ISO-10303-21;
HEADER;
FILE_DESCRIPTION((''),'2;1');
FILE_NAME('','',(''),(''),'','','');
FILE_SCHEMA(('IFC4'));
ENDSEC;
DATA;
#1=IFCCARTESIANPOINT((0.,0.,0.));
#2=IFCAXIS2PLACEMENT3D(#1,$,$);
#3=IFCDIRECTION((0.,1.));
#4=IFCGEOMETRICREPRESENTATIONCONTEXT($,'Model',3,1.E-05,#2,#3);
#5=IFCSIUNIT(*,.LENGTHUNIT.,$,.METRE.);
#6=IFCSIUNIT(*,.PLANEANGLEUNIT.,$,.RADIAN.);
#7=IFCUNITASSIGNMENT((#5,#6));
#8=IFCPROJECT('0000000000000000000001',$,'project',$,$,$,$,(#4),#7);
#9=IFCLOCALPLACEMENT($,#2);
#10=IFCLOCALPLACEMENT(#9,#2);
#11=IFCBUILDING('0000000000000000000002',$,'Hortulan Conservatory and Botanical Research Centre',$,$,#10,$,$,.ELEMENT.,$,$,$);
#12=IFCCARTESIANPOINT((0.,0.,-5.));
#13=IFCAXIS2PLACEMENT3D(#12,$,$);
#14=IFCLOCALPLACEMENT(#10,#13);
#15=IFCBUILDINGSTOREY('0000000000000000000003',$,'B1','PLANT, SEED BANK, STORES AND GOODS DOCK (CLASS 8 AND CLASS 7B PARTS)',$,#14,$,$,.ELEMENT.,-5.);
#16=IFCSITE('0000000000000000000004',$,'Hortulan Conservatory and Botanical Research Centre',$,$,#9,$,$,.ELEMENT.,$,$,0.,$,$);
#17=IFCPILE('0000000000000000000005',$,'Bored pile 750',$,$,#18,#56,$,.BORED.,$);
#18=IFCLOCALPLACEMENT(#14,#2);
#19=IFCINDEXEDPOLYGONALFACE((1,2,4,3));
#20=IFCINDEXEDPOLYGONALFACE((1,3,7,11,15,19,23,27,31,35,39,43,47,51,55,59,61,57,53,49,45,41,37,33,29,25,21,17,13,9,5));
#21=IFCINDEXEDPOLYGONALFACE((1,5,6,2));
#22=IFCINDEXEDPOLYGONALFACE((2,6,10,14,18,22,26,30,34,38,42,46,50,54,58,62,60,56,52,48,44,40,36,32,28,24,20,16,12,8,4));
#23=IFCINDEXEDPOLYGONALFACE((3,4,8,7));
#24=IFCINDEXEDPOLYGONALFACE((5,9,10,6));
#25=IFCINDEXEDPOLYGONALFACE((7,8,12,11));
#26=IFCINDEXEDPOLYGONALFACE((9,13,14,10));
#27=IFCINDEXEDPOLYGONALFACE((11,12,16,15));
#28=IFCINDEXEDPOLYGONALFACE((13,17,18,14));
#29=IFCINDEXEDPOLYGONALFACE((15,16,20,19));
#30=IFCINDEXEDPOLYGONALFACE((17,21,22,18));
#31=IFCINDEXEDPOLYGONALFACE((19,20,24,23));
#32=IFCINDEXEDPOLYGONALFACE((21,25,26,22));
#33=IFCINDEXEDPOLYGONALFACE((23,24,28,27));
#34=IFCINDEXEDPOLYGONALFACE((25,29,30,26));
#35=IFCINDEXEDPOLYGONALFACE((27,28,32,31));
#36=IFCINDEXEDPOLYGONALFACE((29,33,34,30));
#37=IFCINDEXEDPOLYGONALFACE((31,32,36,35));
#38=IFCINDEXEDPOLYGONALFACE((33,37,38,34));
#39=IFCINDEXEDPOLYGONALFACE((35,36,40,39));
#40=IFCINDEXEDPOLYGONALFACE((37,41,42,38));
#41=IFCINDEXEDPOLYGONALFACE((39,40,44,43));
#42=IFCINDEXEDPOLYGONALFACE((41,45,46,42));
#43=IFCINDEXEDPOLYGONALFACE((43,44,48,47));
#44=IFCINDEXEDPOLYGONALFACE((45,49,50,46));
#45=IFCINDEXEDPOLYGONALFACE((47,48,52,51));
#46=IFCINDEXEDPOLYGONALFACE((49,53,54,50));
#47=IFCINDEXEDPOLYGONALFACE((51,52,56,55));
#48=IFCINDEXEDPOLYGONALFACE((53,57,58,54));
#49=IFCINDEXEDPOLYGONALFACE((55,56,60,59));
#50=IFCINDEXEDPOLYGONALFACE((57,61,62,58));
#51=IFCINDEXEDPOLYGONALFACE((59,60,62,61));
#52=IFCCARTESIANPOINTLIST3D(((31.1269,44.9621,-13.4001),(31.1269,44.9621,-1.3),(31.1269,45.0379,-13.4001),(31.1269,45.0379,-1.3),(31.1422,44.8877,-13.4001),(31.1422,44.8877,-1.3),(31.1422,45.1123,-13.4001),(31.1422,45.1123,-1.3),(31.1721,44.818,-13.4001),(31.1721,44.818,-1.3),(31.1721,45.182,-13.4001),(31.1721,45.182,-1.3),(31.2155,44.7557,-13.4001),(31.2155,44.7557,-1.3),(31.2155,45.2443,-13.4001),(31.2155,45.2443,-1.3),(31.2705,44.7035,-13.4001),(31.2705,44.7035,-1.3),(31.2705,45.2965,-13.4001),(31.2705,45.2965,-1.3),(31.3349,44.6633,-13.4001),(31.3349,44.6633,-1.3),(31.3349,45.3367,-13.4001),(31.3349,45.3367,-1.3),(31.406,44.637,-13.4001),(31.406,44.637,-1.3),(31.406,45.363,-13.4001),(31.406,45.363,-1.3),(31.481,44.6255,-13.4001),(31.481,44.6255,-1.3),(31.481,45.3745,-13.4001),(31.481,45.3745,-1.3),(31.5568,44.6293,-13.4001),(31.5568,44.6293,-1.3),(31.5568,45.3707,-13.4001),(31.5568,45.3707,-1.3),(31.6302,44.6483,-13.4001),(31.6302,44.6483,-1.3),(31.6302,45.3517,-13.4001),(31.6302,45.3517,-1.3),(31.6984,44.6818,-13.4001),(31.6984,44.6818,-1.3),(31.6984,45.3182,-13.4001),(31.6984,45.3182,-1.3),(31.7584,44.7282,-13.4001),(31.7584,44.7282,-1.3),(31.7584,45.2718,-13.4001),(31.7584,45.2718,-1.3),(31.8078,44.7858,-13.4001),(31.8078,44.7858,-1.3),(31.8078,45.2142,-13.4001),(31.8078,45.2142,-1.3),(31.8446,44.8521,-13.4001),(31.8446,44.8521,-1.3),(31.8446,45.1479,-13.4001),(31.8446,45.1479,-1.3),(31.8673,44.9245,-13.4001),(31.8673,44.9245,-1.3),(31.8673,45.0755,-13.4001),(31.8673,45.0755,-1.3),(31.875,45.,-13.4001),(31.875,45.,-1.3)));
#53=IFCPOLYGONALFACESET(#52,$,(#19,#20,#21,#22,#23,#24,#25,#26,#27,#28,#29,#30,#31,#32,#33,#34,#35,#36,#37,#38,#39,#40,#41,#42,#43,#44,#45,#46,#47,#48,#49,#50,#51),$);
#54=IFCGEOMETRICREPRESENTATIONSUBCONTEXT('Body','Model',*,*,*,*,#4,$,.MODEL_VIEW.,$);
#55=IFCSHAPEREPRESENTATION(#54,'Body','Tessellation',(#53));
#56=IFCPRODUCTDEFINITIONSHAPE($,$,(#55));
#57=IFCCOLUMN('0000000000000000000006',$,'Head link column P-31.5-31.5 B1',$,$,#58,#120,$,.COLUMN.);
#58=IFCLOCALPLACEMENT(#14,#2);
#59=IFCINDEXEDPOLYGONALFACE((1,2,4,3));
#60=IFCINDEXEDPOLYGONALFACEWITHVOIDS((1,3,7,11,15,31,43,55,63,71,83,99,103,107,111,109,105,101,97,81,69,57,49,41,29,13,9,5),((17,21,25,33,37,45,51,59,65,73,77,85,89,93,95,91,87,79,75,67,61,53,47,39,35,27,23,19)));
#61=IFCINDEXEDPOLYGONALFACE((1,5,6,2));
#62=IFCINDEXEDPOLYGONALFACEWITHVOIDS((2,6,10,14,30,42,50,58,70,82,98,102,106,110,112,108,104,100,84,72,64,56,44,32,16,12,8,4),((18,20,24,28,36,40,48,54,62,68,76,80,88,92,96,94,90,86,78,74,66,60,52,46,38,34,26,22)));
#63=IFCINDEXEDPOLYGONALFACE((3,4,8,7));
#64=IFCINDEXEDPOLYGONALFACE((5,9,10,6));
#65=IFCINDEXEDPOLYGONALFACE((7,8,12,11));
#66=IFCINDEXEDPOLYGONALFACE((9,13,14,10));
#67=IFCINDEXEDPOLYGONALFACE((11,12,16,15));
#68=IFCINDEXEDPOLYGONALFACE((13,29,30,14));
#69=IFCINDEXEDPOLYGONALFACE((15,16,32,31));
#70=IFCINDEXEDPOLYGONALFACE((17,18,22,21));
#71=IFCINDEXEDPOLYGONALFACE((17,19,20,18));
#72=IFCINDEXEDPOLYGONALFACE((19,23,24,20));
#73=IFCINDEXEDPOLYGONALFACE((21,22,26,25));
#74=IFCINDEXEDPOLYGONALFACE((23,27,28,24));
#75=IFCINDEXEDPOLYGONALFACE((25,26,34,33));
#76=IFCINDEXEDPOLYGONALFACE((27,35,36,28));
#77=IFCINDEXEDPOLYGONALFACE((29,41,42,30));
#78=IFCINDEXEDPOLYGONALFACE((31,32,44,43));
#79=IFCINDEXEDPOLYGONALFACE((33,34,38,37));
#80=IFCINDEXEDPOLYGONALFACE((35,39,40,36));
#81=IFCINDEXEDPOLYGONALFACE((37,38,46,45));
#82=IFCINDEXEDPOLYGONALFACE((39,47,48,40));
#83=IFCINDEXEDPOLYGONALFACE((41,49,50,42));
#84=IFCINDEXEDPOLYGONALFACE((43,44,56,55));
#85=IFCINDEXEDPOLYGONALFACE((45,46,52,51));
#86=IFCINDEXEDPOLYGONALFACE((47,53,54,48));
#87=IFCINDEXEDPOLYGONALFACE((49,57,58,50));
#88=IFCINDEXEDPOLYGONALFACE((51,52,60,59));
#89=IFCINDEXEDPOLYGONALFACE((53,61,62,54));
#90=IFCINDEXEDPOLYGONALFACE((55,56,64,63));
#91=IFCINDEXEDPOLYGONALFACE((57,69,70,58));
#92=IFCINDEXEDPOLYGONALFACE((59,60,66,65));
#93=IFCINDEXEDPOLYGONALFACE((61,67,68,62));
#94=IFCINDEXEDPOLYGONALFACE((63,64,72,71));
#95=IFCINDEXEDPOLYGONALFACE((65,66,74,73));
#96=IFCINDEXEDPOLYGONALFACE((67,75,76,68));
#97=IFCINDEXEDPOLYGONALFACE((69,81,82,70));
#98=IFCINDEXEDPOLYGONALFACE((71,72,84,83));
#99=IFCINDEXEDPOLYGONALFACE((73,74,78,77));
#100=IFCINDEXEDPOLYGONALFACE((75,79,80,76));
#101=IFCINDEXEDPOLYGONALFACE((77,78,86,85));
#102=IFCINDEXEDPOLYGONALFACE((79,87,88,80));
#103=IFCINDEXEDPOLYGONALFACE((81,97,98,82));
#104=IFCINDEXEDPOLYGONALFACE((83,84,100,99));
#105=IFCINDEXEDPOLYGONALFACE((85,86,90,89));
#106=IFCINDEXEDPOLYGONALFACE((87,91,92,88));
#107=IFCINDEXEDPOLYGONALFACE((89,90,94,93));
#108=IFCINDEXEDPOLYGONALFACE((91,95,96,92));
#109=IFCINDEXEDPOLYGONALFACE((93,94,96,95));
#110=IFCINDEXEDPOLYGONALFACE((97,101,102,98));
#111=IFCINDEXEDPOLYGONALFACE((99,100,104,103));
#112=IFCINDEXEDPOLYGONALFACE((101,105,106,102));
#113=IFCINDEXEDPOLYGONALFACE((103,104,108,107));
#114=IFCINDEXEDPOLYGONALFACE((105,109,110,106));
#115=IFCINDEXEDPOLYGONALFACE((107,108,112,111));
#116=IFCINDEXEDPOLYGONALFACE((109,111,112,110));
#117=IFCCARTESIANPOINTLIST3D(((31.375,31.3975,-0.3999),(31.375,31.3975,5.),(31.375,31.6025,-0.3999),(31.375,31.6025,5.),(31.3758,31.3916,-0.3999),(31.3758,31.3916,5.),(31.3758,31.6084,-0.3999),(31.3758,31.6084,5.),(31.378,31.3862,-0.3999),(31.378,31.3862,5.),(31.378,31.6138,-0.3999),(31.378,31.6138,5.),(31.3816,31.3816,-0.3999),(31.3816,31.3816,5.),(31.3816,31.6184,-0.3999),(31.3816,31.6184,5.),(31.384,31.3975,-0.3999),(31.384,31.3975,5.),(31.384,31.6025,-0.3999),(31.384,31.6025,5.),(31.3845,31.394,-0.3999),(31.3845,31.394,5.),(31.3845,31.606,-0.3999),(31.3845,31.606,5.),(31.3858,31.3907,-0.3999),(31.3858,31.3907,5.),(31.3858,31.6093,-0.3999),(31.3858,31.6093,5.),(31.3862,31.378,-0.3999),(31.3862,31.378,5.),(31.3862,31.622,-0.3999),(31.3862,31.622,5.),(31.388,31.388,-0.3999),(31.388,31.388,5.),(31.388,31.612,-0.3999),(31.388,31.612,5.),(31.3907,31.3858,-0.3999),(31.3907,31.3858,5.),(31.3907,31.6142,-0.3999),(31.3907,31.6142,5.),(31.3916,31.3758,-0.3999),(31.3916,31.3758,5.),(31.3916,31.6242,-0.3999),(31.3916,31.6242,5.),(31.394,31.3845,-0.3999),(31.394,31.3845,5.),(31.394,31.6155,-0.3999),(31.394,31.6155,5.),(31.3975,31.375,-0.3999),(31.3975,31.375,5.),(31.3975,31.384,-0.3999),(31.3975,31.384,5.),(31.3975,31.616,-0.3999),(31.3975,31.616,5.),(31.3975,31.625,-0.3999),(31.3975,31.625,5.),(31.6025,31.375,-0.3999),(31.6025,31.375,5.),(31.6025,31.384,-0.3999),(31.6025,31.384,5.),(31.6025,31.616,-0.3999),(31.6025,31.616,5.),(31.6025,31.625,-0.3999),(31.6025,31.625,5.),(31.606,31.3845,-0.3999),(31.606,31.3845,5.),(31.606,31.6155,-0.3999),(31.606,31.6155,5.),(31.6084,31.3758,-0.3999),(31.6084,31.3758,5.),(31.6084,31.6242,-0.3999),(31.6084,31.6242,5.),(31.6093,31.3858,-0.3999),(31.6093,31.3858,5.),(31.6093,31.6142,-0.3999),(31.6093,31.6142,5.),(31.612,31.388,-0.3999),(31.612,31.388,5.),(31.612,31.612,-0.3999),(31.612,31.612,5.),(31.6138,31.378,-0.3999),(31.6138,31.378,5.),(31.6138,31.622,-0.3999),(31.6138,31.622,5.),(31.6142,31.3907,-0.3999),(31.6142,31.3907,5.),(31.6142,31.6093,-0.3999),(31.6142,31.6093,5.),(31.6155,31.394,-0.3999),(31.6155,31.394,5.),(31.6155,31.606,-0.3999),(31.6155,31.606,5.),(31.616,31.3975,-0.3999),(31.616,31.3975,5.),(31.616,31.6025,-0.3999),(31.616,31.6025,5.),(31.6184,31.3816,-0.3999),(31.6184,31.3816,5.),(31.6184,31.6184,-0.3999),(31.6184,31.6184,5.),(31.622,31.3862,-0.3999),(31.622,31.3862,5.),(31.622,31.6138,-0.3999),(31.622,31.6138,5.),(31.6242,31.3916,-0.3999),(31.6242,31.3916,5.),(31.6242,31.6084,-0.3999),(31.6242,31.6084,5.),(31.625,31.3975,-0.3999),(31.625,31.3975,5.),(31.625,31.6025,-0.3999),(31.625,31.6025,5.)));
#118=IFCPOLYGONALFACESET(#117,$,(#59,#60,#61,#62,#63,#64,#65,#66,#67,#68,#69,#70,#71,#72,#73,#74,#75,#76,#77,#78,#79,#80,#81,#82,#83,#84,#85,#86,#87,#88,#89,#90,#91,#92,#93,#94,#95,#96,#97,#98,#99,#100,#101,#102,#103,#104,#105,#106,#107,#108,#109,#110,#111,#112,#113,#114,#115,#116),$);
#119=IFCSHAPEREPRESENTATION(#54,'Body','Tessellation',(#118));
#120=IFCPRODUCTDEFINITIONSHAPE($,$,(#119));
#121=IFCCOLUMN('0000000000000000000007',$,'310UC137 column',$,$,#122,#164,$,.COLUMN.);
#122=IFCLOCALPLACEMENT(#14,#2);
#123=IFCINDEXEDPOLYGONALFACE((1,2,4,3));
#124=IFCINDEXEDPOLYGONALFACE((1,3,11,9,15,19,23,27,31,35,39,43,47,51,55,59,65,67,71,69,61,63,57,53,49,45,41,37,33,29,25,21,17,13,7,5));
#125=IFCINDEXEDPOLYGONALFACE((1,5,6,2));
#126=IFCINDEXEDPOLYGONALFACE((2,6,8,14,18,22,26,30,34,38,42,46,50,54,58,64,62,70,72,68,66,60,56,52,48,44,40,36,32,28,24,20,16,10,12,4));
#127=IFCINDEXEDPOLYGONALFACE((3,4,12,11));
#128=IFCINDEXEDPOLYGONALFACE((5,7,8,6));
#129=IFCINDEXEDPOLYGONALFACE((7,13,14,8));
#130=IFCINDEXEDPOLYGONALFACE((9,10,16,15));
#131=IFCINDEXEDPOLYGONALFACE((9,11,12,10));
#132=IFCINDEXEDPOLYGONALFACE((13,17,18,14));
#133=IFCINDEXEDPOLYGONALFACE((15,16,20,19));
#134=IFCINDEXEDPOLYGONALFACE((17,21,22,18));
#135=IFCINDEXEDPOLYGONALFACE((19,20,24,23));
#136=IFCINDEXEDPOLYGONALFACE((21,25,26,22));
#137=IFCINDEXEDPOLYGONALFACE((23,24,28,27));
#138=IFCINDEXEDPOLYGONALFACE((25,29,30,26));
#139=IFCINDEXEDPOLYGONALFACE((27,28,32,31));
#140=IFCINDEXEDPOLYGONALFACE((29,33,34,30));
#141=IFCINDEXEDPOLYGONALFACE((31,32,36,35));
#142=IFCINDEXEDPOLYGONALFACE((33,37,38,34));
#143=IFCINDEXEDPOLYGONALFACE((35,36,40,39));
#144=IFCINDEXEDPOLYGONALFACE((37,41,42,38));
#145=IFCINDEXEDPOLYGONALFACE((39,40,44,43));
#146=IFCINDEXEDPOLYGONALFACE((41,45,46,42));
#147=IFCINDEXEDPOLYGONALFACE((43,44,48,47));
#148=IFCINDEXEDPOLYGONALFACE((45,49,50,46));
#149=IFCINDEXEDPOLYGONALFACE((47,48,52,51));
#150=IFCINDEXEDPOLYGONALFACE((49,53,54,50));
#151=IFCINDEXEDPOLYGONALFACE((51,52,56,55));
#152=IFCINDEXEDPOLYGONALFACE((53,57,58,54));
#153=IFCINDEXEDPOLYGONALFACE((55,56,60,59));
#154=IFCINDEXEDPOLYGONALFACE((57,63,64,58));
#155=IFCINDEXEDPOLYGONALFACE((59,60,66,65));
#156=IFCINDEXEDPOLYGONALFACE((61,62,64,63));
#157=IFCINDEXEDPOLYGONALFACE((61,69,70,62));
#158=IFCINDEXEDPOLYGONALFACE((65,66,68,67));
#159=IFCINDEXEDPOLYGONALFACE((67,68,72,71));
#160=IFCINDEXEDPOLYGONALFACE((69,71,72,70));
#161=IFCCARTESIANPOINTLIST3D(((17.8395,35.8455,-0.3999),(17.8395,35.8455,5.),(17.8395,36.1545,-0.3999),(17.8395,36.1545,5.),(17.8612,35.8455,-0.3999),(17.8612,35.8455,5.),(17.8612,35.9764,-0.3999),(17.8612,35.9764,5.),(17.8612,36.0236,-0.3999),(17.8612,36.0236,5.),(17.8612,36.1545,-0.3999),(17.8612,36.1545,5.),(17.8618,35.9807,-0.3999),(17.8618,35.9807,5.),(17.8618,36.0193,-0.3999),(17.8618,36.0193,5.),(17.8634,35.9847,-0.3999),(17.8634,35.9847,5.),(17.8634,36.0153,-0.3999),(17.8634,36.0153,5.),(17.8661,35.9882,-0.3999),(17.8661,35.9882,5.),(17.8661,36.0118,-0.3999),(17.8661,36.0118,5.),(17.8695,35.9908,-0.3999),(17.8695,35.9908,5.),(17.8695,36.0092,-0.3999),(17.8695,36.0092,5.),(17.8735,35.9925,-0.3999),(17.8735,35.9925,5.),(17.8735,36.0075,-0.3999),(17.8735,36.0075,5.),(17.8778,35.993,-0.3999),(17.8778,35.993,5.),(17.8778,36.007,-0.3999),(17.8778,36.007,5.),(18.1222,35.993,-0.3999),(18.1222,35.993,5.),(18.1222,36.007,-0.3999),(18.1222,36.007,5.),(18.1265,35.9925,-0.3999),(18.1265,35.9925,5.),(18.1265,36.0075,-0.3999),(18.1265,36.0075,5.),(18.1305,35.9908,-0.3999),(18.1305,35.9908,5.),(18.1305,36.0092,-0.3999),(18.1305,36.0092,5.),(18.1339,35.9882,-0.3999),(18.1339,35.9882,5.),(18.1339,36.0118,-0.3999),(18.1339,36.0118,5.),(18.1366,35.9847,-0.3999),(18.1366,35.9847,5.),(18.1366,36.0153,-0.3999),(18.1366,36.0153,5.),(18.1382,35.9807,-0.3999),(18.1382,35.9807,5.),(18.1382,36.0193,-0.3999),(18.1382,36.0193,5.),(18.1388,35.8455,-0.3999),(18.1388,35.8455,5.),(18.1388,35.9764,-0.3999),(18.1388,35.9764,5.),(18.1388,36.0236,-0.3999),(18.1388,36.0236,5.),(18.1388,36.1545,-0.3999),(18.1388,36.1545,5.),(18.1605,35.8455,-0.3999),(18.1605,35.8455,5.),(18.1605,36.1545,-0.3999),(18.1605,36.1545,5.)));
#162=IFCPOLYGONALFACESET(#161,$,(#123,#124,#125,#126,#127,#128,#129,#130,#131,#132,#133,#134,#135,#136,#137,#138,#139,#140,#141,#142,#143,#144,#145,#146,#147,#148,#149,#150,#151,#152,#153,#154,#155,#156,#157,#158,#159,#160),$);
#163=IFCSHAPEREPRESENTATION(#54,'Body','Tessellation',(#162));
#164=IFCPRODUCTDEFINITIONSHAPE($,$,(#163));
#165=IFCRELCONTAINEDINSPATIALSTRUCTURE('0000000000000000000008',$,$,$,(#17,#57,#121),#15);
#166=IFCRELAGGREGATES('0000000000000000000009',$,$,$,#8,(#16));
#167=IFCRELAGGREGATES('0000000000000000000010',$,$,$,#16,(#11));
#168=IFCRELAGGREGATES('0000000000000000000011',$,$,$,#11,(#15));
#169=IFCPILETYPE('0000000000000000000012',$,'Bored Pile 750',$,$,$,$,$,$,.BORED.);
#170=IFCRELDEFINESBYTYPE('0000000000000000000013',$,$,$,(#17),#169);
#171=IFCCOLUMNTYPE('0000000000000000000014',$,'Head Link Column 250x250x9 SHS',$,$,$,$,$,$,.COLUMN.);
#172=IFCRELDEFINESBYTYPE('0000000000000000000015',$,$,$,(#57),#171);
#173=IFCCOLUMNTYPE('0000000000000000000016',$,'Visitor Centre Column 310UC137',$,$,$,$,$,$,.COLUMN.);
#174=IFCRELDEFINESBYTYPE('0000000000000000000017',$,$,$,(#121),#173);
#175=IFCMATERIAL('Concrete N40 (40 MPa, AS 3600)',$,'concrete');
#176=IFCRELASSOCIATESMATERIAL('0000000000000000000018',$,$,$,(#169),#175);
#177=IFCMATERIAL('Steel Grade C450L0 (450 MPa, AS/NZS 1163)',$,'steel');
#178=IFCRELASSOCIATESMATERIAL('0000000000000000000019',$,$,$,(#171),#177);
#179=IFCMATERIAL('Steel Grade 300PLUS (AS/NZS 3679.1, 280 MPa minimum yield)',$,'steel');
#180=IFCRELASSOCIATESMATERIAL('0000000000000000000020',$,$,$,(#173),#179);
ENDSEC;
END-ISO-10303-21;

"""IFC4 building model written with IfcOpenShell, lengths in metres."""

from ifc_helpers import new_model, si_unit, direction, frame, origin, origin_2d, place, context, subcontext, project, spatial, hollow_rectangle, circle, i_section, extrude, material, material_profile, profile_set, type_object, element, save


model = new_model("IFC4")

# Units and contexts
model_context = context("Model", 3, precision=1e-05, world=origin(), true_north=direction((0.0, 1.0)))
body_context = subcontext(model_context, "Body", "Model", "MODEL_VIEW")
ifc_project = project(units=[si_unit("LENGTHUNIT", "METRE"), si_unit("PLANEANGLEUNIT", "RADIAN")], contexts=[model_context])

# Site, building, storey
site_placement = place(None, origin())
site = spatial("IfcSite", under=ifc_project, at=site_placement, Name="Hortulan Conservatory and Botanical Research Centre", CompositionType="ELEMENT", RefElevation=0.0)
building_placement = place(site_placement, origin())
building = spatial("IfcBuilding", under=site, at=building_placement, Name="Hortulan Conservatory and Botanical Research Centre", CompositionType="ELEMENT")
storey_placement = place(building_placement, frame((0.0, 0.0, -5.0)))
storey = spatial("IfcBuildingStorey", under=building, at=storey_placement, Name="B1", Description="PLANT, SEED BANK, STORES AND GOODS DOCK (CLASS 8 AND CLASS 7B PARTS)", CompositionType="ELEMENT", Elevation=-5.0)

# Pile
ifc_material_1 = material(Name="Concrete N40 (40 MPa, AS 3600)", Category="concrete")
ifc_material_profile_1 = material_profile(ifc_material_1, circle(Radius=0.375, at=origin_2d()), Name="Bored pile 750 diameter")
ifc_profile_set_1 = profile_set([ifc_material_profile_1], Name="Concrete N40 (40 MPa, AS 3600)")
pile_type = type_object("IfcPileType", Name="Bored Pile 750", PredefinedType="BORED", material=ifc_profile_set_1)
for number, where, z_axis, x_axis, name in (
    (1, (31.5, 45.0, -1.3), (0.0, 0.0, -1.0), (1.0, 0.0, 0.0), "Bored pile 750"),
):
    element("IfcPile", number, at=place(storey_placement, frame(where, z_axis=z_axis, x_axis=x_axis)), inside=storey, type_object=pile_type, Name=name, PredefinedType="BORED", context=body_context, shape_type="SweptSolid", body=[
        extrude(circle(Radius=0.375, at=origin_2d()), origin(), (0.0, 0.0, 1.0), 12.1001),
    ])

# Columns
ifc_material_2 = material(Name="Steel Grade C450L0 (450 MPa, AS/NZS 1163)", Category="steel")
ifc_material_profile_2 = material_profile(ifc_material_2, hollow_rectangle(XDim=0.25, YDim=0.25, WallThickness=0.009, InnerFilletRadius=0.0134, OuterFilletRadius=0.0225, at=origin_2d()), Name="250x250x9SHS")
ifc_profile_set_2 = profile_set([ifc_material_profile_2], Name="Steel Grade C450L0 (450 MPa, AS/NZS 1163)")
column_type_1 = type_object("IfcColumnType", Name="Head Link Column 250x250x9 SHS", PredefinedType="COLUMN", material=ifc_profile_set_2)
column_placement = place(storey_placement, frame((31.5, 31.5, -0.3999), z_axis=(0.0, 0.0, 1.0), x_axis=(1.0, 0.0, 0.0)))
element("IfcColumn", 2, at=column_placement, inside=storey, type_object=column_type_1, Name="Head link column P-31.5-31.5 B1", PredefinedType="COLUMN", context=body_context, shape_type="SweptSolid", body=[
    extrude(hollow_rectangle(XDim=0.25, YDim=0.25, WallThickness=0.009, InnerFilletRadius=0.0134, OuterFilletRadius=0.0225, at=origin_2d()), origin(), (0.0, 0.0, 1.0), 5.3999),
])
ifc_material_3 = material(Name="Steel Grade 300PLUS (AS/NZS 3679.1, 280 MPa minimum yield)", Category="steel")
ifc_material_profile_3 = material_profile(ifc_material_3, i_section(OverallWidth=0.3091, OverallDepth=0.321, WebThickness=0.0139, FlangeThickness=0.0217, FilletRadius=0.0166, at=origin_2d()), Name="310UC137")
ifc_profile_set_3 = profile_set([ifc_material_profile_3], Name="Steel Grade 300PLUS (AS/NZS 3679.1, 280 MPa minimum yield)")
column_type_2 = type_object("IfcColumnType", Name="Visitor Centre Column 310UC137", PredefinedType="COLUMN", material=ifc_profile_set_3)
for number, where, z_axis, x_axis, name in (
    (3, (18.0, 36.0, -0.3999), (0.0, 0.0, 1.0), (0.0, 1.0, 0.0), "310UC137 column"),
):
    element("IfcColumn", number, at=place(storey_placement, frame(where, z_axis=z_axis, x_axis=x_axis)), inside=storey, type_object=column_type_2, Name=name, PredefinedType="COLUMN", context=body_context, shape_type="SweptSolid", body=[
        extrude(i_section(OverallWidth=0.3091, OverallDepth=0.321, WebThickness=0.0139, FlangeThickness=0.0217, FilletRadius=0.0166, at=origin_2d()), origin(), (0.0, 0.0, 1.0), 5.3999),
    ])

save(model, "model.ifc")
